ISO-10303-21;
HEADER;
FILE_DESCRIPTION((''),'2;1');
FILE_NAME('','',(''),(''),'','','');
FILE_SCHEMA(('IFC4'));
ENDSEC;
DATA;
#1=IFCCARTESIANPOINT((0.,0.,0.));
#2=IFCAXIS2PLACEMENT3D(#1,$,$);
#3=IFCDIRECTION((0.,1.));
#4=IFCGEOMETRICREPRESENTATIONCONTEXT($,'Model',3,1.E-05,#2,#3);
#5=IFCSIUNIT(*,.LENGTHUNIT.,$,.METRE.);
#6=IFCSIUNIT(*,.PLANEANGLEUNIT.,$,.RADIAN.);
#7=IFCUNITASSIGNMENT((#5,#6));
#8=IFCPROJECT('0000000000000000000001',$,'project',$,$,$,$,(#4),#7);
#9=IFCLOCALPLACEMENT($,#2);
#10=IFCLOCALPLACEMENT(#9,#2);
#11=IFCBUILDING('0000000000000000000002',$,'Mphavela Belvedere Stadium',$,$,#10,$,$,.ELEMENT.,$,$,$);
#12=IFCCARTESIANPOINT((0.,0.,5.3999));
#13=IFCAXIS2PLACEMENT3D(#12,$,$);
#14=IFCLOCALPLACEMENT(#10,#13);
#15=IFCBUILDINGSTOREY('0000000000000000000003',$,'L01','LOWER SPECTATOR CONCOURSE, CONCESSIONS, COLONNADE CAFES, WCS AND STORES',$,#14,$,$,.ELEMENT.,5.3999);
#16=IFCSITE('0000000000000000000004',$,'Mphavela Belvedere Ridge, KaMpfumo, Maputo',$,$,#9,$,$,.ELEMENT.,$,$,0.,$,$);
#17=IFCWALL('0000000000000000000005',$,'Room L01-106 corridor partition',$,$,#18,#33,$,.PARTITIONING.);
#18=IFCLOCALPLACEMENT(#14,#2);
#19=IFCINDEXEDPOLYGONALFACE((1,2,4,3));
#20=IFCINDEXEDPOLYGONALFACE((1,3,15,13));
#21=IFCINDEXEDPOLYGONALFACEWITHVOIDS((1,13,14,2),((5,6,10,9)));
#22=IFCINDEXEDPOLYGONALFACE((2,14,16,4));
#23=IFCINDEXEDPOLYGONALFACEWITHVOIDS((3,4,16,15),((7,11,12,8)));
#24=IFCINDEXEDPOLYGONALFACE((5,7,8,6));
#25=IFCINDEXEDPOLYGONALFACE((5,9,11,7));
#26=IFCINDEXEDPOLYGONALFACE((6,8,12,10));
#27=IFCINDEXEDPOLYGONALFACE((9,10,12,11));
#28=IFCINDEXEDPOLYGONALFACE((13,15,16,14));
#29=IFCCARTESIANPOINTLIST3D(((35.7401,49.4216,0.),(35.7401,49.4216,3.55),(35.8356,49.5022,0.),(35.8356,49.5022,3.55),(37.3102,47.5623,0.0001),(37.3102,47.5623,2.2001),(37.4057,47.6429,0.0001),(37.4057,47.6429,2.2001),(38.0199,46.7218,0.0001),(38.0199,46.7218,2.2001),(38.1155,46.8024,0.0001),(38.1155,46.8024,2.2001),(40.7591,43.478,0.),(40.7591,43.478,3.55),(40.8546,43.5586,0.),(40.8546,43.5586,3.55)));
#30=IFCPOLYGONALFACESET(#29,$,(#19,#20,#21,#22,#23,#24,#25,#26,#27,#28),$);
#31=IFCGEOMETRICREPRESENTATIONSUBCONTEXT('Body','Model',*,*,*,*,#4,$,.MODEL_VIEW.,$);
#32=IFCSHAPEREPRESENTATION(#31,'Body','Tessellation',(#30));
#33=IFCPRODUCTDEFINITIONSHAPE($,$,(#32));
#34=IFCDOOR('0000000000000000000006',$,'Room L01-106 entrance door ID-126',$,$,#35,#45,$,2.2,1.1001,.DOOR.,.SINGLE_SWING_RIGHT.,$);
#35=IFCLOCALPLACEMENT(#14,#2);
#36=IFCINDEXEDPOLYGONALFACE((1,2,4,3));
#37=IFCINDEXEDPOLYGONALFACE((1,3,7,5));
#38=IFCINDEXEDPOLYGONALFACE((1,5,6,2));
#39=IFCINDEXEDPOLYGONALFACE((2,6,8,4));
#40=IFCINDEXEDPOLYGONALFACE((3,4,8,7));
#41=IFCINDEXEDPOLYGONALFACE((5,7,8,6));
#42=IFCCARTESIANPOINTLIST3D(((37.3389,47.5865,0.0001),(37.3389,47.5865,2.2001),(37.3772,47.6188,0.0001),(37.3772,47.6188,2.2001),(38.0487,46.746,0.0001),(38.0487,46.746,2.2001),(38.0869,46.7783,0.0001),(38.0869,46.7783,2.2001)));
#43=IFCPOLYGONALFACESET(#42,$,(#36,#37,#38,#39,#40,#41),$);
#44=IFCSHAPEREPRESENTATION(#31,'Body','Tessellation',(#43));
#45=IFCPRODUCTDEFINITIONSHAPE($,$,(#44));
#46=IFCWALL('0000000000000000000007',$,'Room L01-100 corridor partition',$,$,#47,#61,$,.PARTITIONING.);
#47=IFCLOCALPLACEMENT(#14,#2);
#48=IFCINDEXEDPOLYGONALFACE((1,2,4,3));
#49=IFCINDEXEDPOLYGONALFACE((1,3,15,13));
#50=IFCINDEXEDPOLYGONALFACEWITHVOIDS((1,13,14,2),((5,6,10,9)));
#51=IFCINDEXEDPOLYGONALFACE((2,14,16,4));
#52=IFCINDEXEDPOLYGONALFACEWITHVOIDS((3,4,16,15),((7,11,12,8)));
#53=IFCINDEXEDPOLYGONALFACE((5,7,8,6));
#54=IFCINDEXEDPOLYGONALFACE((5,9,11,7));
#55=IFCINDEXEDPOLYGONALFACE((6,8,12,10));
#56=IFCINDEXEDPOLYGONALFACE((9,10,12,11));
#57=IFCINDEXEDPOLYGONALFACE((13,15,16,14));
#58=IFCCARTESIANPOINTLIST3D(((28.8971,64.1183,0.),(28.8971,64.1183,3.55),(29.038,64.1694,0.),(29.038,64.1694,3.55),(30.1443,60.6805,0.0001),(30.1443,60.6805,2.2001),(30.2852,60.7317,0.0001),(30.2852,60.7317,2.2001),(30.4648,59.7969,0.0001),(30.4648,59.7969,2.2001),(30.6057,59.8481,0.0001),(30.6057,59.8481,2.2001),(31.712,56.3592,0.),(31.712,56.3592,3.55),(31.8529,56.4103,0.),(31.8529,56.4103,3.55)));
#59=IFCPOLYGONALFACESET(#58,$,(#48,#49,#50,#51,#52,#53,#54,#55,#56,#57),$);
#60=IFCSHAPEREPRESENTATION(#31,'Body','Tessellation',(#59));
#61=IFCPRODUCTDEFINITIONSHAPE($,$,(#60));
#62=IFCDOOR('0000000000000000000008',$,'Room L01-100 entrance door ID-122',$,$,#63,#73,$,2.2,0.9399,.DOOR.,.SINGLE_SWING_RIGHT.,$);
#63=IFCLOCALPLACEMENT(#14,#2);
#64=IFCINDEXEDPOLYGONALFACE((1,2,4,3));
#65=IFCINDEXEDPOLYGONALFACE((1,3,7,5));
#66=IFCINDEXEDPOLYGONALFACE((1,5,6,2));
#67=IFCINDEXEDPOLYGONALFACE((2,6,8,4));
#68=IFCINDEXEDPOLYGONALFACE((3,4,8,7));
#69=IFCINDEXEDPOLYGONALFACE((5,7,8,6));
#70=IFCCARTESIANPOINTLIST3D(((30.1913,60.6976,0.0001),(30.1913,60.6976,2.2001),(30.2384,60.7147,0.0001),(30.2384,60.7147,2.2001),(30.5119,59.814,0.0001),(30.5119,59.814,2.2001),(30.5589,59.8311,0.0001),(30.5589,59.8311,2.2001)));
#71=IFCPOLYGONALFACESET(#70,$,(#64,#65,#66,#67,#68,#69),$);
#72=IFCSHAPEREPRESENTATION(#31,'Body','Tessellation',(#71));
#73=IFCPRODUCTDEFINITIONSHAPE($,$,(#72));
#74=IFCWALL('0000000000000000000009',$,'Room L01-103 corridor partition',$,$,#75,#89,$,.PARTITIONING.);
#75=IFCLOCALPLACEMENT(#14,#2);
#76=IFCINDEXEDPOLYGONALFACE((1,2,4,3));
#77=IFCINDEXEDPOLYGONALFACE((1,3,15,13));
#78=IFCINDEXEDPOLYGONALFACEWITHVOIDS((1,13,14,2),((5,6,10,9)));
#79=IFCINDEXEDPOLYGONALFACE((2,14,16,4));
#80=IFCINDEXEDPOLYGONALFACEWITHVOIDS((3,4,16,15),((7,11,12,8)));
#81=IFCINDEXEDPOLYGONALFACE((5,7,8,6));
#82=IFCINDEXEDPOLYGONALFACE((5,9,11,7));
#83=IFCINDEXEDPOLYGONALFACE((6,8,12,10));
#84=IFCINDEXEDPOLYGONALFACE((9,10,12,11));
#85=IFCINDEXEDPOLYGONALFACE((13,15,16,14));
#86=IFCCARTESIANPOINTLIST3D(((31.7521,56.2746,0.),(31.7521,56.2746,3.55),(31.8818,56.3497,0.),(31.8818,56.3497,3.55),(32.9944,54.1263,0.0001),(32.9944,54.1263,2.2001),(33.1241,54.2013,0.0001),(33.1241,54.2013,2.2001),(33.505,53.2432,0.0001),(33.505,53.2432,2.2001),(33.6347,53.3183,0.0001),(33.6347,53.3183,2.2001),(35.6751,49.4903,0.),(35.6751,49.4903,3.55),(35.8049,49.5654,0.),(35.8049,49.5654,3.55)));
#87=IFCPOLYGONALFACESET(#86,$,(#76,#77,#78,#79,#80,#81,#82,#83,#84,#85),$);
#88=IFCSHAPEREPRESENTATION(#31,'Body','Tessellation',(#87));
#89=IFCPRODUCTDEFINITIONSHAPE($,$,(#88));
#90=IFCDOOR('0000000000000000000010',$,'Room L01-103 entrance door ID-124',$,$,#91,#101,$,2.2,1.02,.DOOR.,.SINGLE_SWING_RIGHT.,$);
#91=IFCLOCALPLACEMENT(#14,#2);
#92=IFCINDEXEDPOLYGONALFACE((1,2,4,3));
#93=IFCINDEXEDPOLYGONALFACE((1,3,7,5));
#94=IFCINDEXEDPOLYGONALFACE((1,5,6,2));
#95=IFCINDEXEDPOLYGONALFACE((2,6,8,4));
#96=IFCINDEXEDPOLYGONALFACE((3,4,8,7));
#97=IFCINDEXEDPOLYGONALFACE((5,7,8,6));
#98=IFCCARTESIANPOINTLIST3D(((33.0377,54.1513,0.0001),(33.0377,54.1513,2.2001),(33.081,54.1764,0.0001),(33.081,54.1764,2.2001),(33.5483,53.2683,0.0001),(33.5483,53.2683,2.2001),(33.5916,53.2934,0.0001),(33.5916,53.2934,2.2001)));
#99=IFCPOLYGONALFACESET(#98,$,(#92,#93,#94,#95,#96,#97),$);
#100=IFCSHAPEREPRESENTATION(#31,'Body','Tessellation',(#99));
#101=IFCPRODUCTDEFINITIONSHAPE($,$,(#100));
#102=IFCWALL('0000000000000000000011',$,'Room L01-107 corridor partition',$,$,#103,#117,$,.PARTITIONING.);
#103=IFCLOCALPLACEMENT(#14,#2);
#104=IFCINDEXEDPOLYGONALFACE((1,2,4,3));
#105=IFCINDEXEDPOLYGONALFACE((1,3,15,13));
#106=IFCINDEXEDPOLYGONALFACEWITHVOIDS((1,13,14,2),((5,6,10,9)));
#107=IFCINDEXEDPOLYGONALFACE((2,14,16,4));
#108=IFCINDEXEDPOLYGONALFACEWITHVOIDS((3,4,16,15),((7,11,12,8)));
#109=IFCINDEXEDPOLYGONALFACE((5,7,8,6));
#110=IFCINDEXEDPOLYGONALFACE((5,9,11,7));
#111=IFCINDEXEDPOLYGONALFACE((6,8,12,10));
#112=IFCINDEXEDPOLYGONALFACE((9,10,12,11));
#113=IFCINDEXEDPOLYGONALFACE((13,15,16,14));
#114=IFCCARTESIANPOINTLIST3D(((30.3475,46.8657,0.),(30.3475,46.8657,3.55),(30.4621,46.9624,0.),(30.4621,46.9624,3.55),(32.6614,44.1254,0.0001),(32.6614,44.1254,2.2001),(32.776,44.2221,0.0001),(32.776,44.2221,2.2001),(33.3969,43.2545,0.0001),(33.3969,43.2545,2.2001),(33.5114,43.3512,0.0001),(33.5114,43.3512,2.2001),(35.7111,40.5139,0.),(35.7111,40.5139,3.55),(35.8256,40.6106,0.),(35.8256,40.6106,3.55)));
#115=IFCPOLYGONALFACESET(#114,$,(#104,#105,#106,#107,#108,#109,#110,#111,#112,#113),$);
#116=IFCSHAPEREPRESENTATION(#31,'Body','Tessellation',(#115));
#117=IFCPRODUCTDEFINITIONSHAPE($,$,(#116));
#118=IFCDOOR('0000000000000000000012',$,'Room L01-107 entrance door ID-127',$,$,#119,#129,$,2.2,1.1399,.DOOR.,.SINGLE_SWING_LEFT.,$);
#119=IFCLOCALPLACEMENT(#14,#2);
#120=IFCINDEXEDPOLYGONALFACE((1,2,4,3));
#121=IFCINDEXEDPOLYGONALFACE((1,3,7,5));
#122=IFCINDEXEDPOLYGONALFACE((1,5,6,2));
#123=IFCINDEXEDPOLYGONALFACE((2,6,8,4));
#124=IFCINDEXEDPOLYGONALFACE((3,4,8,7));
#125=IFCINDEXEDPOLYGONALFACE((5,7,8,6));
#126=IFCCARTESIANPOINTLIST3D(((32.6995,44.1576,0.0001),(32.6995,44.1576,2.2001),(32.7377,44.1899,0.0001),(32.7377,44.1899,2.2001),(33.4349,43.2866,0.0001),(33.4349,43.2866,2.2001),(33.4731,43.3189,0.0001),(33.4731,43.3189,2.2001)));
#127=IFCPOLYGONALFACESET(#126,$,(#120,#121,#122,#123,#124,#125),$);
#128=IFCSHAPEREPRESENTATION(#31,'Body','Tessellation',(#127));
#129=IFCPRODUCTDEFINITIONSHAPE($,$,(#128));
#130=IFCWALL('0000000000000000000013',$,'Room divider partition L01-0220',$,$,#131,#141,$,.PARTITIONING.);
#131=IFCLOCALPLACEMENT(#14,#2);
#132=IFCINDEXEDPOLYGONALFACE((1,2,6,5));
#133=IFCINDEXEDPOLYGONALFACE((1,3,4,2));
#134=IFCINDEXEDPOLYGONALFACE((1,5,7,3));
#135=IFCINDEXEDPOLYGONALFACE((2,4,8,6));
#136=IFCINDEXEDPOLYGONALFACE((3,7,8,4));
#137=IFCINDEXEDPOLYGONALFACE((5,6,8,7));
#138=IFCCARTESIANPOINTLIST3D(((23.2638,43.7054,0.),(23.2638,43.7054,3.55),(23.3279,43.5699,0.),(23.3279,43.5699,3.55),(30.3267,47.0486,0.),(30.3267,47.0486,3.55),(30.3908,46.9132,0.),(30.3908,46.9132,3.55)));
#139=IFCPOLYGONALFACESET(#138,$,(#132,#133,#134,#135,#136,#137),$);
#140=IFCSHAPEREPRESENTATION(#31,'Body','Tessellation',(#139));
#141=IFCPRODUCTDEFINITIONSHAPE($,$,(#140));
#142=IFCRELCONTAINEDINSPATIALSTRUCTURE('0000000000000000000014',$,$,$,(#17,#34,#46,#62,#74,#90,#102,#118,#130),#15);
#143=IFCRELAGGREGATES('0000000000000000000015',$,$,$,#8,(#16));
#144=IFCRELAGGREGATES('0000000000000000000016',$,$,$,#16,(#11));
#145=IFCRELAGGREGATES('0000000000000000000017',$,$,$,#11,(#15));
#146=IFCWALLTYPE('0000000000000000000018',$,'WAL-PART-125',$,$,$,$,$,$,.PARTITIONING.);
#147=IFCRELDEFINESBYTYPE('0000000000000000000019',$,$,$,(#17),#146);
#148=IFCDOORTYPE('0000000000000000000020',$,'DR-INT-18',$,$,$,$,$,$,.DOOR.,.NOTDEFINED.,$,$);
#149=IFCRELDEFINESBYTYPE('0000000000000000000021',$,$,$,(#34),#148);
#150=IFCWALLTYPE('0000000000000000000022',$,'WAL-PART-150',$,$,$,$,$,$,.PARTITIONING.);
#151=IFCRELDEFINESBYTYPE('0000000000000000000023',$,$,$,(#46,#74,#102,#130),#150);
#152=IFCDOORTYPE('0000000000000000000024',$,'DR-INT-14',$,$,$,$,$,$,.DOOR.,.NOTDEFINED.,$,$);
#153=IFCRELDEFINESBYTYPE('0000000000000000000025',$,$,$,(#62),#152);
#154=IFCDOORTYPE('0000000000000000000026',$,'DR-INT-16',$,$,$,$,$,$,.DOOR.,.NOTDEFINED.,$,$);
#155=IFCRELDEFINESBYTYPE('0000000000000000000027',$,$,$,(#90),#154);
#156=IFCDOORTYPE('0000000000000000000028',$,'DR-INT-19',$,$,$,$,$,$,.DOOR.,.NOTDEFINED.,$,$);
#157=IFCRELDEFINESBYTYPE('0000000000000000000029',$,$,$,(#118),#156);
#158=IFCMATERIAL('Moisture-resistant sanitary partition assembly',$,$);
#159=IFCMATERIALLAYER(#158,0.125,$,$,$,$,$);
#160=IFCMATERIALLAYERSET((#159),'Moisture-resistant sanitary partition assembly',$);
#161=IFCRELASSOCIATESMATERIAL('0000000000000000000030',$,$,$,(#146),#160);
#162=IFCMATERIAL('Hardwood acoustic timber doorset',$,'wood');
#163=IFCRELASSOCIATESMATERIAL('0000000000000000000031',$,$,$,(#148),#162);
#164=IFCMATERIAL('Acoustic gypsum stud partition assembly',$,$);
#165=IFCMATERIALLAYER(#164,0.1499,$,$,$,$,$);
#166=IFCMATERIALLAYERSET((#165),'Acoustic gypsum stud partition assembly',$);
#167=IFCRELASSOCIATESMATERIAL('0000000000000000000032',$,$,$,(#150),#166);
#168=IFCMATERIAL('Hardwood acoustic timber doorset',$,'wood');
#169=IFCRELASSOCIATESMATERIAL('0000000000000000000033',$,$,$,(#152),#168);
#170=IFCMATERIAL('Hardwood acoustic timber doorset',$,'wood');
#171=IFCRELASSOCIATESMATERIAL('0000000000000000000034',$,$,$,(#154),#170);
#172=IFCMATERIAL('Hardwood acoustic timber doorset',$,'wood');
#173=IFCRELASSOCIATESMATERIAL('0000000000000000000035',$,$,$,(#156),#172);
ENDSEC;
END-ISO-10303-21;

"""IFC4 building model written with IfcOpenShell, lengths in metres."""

from ifc_helpers import new_model, si_unit, direction, frame, frame_2d, origin, place, context, subcontext, project, spatial, rectangle, extrude, material, layer, layer_set, type_object, element, fill, save


model = new_model("IFC4")

# Units and contexts
model_context = context("Model", 3, precision=1e-05, world=origin(), true_north=direction((0.0, 1.0)))
body_context = subcontext(model_context, "Body", "Model", "MODEL_VIEW")
ifc_project = project(units=[si_unit("LENGTHUNIT", "METRE"), si_unit("PLANEANGLEUNIT", "RADIAN")], contexts=[model_context])

# Site, building, storey
site_placement = place(None, origin())
site = spatial("IfcSite", under=ifc_project, at=site_placement, Name="Mphavela Belvedere Ridge, KaMpfumo, Maputo", CompositionType="ELEMENT", RefElevation=0.0)
building_placement = place(site_placement, origin())
building = spatial("IfcBuilding", under=site, at=building_placement, Name="Mphavela Belvedere Stadium", CompositionType="ELEMENT")
storey_placement = place(building_placement, frame((0.0, 0.0, 5.3999)))
storey = spatial("IfcBuildingStorey", under=building, at=storey_placement, Name="L01", Description="LOWER SPECTATOR CONCOURSE, CONCESSIONS, COLONNADE CAFES, WCS AND STORES", CompositionType="ELEMENT", Elevation=5.3999)

# Walls, openings, doors
ifc_material_1 = material(Name="Moisture-resistant sanitary partition assembly")
ifc_layer_1 = layer(ifc_material_1, 0.125)
ifc_layer_set_1 = layer_set([ifc_layer_1], Name="Moisture-resistant sanitary partition assembly")
wall_type_1 = type_object("IfcWallType", Name="WAL-PART-125", PredefinedType="PARTITIONING", material=ifc_layer_set_1)
wall_1_placement = place(storey_placement, frame((40.8069, 43.5183, 0.0), z_axis=(0.0, 0.0, 1.0), x_axis=(-0.645181, 0.76403, 0.0)))
wall_1 = element("IfcWall", 1, at=wall_1_placement, inside=storey, type_object=wall_type_1, Name="Room L01-106 corridor partition", PredefinedType="PARTITIONING", context=body_context, shape_type="SweptSolid", body=[
    extrude(rectangle(XDim=7.7793, YDim=0.125, at=frame_2d((3.8896, 0.0))), origin(), (0.0, 0.0, 1.0), 3.55),
])
opening_1_placement = place(wall_1_placement, frame((4.2456, 0.0, 0.0)))
opening_1 = element("IfcOpeningElement", 2, at=opening_1_placement, cuts=wall_1, PredefinedType="OPENING", context=body_context, shape_type="SweptSolid", body=[
    extrude(rectangle(XDim=1.1001, YDim=2.2, at=frame_2d((0.55, 1.1001))), frame((0.0, 0.0725, 0.0), z_axis=(0.0, -1.0, 0.0), x_axis=(1.0, 0.0, 0.0)), (0.0, 0.0, 1.0), 0.145),
])
ifc_material_2 = material(Name="Hardwood acoustic timber doorset", Category="wood")
door_type_1 = type_object("IfcDoorType", Name="DR-INT-18", OperationType="NOTDEFINED", PredefinedType="DOOR", material=ifc_material_2)
door_1_placement = place(opening_1_placement, origin())
door_1 = element("IfcDoor", 3, at=door_1_placement, inside=storey, type_object=door_type_1, Name="Room L01-106 entrance door ID-126", OperationType="SINGLE_SWING_RIGHT", OverallHeight=2.2, OverallWidth=1.1001, PredefinedType="DOOR", context=body_context, shape_type="SweptSolid", body=[
    extrude(rectangle(XDim=1.1001, YDim=2.2, at=frame_2d((0.55, 1.1001))), frame((0.0, 0.0249, 0.0), z_axis=(0.0, -1.0, 0.0), x_axis=(1.0, 0.0, 0.0)), (0.0, 0.0, 1.0), 0.05),
])
fill(opening_1, door_1)
ifc_material_3 = material(Name="Acoustic gypsum stud partition assembly")
ifc_layer_2 = layer(ifc_material_3, 0.1499)
ifc_layer_set_2 = layer_set([ifc_layer_2], Name="Acoustic gypsum stud partition assembly")
wall_type_2 = type_object("IfcWallType", Name="WAL-PART-150", PredefinedType="PARTITIONING", material=ifc_layer_set_2)
wall_2_placement = place(storey_placement, frame((31.7825, 56.3848, 0.0), z_axis=(0.0, 0.0, 1.0), x_axis=(-0.341045, 0.940047, 0.0)))
wall_2 = element("IfcWall", 4, at=wall_2_placement, inside=storey, type_object=wall_type_2, Name="Room L01-100 corridor partition", PredefinedType="PARTITIONING", context=body_context, shape_type="SweptSolid", body=[
    extrude(rectangle(XDim=8.2539, YDim=0.1499, at=frame_2d((4.127, 0.0))), origin(), (0.0, 0.0, 1.0), 3.55),
])
opening_2_placement = place(wall_2_placement, frame((3.657, 0.0, 0.0)))
opening_2 = element("IfcOpeningElement", 5, at=opening_2_placement, cuts=wall_2, PredefinedType="OPENING", context=body_context, shape_type="SweptSolid", body=[
    extrude(rectangle(XDim=0.9399, YDim=2.2, at=frame_2d((0.47, 1.1001))), frame((0.0, 0.085, 0.0), z_axis=(0.0, -1.0, 0.0), x_axis=(1.0, 0.0, 0.0)), (0.0, 0.0, 1.0), 0.1699),
])
ifc_material_4 = material(Name="Hardwood acoustic timber doorset", Category="wood")
door_type_2 = type_object("IfcDoorType", Name="DR-INT-14", OperationType="NOTDEFINED", PredefinedType="DOOR", material=ifc_material_4)
door_2_placement = place(opening_2_placement, origin())
door_2 = element("IfcDoor", 6, at=door_2_placement, inside=storey, type_object=door_type_2, Name="Room L01-100 entrance door ID-122", OperationType="SINGLE_SWING_RIGHT", OverallHeight=2.2, OverallWidth=0.9399, PredefinedType="DOOR", context=body_context, shape_type="SweptSolid", body=[
    extrude(rectangle(XDim=0.9399, YDim=2.2, at=frame_2d((0.47, 1.1001))), frame((0.0, 0.0249, 0.0), z_axis=(0.0, -1.0, 0.0), x_axis=(1.0, 0.0, 0.0)), (0.0, 0.0, 1.0), 0.05),
])
fill(opening_2, door_2)
wall_3_placement = place(storey_placement, frame((35.74, 49.5278, 0.0), z_axis=(0.0, 0.0, 1.0), x_axis=(-0.500584, 0.865688, 0.0)))
wall_3 = element("IfcWall", 7, at=wall_3_placement, inside=storey, type_object=wall_type_2, Name="Room L01-103 corridor partition", PredefinedType="PARTITIONING", context=body_context, shape_type="SweptSolid", body=[
    extrude(rectangle(XDim=7.8369, YDim=0.1499, at=frame_2d((3.9185, 0.0))), origin(), (0.0, 0.0, 1.0), 3.55),
])
opening_3_placement = place(wall_3_placement, frame((4.3352, 0.0, 0.0)))
opening_3 = element("IfcOpeningElement", 8, at=opening_3_placement, cuts=wall_3, PredefinedType="OPENING", context=body_context, shape_type="SweptSolid", body=[
    extrude(rectangle(XDim=1.02, YDim=2.2, at=frame_2d((0.51, 1.1001))), frame((0.0, 0.085, 0.0), z_axis=(0.0, -1.0, 0.0), x_axis=(1.0, 0.0, 0.0)), (0.0, 0.0, 1.0), 0.1699),
])
ifc_material_5 = material(Name="Hardwood acoustic timber doorset", Category="wood")
door_type_3 = type_object("IfcDoorType", Name="DR-INT-16", OperationType="NOTDEFINED", PredefinedType="DOOR", material=ifc_material_5)
door_3_placement = place(opening_3_placement, origin())
door_3 = element("IfcDoor", 9, at=door_3_placement, inside=storey, type_object=door_type_3, Name="Room L01-103 entrance door ID-124", OperationType="SINGLE_SWING_RIGHT", OverallHeight=2.2, OverallWidth=1.02, PredefinedType="DOOR", context=body_context, shape_type="SweptSolid", body=[
    extrude(rectangle(XDim=1.02, YDim=2.2, at=frame_2d((0.51, 1.1001))), frame((0.0, 0.0249, 0.0), z_axis=(0.0, -1.0, 0.0), x_axis=(1.0, 0.0, 0.0)), (0.0, 0.0, 1.0), 0.05),
])
fill(opening_3, door_3)
wall_4_placement = place(storey_placement, frame((30.4048, 46.9141, 0.0), z_axis=(0.0, 0.0, 1.0), x_axis=(0.645165, -0.764043, 0.0)))
wall_4 = element("IfcWall", 10, at=wall_4_placement, inside=storey, type_object=wall_type_2, Name="Room L01-107 corridor partition", PredefinedType="PARTITIONING", context=body_context, shape_type="SweptSolid", body=[
    extrude(rectangle(XDim=8.3135, YDim=0.1499, at=frame_2d((4.1567, 0.0))), origin(), (0.0, 0.0, 1.0), 3.55),
])
opening_4_placement = place(wall_4_placement, frame((3.5867, 0.0, 0.0)))
opening_4 = element("IfcOpeningElement", 11, at=opening_4_placement, cuts=wall_4, PredefinedType="OPENING", context=body_context, shape_type="SweptSolid", body=[
    extrude(rectangle(XDim=1.1399, YDim=2.2, at=frame_2d((0.5698, 1.1001))), frame((0.0, 0.085, 0.0), z_axis=(0.0, -1.0, 0.0), x_axis=(1.0, 0.0, 0.0)), (0.0, 0.0, 1.0), 0.1699),
])
ifc_material_6 = material(Name="Hardwood acoustic timber doorset", Category="wood")
door_type_4 = type_object("IfcDoorType", Name="DR-INT-19", OperationType="NOTDEFINED", PredefinedType="DOOR", material=ifc_material_6)
door_4_placement = place(opening_4_placement, origin())
door_4 = element("IfcDoor", 12, at=door_4_placement, inside=storey, type_object=door_type_4, Name="Room L01-107 entrance door ID-127", OperationType="SINGLE_SWING_LEFT", OverallHeight=2.2, OverallWidth=1.1399, PredefinedType="DOOR", context=body_context, shape_type="SweptSolid", body=[
    extrude(rectangle(XDim=1.1399, YDim=2.2, at=frame_2d((0.5698, 1.1001))), frame((0.0, 0.0249, 0.0), z_axis=(0.0, -1.0, 0.0), x_axis=(1.0, 0.0, 0.0)), (0.0, 0.0, 1.0), 0.05),
])
fill(opening_4, door_4)

# Wall
wall_5_placement = place(storey_placement, frame((30.3589, 46.981, 0.0), z_axis=(0.0, 0.0, 1.0), x_axis=(-0.903855, -0.427839, 0.0)))
element("IfcWall", 13, at=wall_5_placement, inside=storey, type_object=wall_type_2, Name="Room divider partition L01-0220", PredefinedType="PARTITIONING", context=body_context, shape_type="SweptSolid", body=[
    extrude(rectangle(XDim=7.8142, YDim=0.1499, at=frame_2d((3.9072, 0.0))), origin(), (0.0, 0.0, 1.0), 3.55),
])

save(model, "model.ifc")
